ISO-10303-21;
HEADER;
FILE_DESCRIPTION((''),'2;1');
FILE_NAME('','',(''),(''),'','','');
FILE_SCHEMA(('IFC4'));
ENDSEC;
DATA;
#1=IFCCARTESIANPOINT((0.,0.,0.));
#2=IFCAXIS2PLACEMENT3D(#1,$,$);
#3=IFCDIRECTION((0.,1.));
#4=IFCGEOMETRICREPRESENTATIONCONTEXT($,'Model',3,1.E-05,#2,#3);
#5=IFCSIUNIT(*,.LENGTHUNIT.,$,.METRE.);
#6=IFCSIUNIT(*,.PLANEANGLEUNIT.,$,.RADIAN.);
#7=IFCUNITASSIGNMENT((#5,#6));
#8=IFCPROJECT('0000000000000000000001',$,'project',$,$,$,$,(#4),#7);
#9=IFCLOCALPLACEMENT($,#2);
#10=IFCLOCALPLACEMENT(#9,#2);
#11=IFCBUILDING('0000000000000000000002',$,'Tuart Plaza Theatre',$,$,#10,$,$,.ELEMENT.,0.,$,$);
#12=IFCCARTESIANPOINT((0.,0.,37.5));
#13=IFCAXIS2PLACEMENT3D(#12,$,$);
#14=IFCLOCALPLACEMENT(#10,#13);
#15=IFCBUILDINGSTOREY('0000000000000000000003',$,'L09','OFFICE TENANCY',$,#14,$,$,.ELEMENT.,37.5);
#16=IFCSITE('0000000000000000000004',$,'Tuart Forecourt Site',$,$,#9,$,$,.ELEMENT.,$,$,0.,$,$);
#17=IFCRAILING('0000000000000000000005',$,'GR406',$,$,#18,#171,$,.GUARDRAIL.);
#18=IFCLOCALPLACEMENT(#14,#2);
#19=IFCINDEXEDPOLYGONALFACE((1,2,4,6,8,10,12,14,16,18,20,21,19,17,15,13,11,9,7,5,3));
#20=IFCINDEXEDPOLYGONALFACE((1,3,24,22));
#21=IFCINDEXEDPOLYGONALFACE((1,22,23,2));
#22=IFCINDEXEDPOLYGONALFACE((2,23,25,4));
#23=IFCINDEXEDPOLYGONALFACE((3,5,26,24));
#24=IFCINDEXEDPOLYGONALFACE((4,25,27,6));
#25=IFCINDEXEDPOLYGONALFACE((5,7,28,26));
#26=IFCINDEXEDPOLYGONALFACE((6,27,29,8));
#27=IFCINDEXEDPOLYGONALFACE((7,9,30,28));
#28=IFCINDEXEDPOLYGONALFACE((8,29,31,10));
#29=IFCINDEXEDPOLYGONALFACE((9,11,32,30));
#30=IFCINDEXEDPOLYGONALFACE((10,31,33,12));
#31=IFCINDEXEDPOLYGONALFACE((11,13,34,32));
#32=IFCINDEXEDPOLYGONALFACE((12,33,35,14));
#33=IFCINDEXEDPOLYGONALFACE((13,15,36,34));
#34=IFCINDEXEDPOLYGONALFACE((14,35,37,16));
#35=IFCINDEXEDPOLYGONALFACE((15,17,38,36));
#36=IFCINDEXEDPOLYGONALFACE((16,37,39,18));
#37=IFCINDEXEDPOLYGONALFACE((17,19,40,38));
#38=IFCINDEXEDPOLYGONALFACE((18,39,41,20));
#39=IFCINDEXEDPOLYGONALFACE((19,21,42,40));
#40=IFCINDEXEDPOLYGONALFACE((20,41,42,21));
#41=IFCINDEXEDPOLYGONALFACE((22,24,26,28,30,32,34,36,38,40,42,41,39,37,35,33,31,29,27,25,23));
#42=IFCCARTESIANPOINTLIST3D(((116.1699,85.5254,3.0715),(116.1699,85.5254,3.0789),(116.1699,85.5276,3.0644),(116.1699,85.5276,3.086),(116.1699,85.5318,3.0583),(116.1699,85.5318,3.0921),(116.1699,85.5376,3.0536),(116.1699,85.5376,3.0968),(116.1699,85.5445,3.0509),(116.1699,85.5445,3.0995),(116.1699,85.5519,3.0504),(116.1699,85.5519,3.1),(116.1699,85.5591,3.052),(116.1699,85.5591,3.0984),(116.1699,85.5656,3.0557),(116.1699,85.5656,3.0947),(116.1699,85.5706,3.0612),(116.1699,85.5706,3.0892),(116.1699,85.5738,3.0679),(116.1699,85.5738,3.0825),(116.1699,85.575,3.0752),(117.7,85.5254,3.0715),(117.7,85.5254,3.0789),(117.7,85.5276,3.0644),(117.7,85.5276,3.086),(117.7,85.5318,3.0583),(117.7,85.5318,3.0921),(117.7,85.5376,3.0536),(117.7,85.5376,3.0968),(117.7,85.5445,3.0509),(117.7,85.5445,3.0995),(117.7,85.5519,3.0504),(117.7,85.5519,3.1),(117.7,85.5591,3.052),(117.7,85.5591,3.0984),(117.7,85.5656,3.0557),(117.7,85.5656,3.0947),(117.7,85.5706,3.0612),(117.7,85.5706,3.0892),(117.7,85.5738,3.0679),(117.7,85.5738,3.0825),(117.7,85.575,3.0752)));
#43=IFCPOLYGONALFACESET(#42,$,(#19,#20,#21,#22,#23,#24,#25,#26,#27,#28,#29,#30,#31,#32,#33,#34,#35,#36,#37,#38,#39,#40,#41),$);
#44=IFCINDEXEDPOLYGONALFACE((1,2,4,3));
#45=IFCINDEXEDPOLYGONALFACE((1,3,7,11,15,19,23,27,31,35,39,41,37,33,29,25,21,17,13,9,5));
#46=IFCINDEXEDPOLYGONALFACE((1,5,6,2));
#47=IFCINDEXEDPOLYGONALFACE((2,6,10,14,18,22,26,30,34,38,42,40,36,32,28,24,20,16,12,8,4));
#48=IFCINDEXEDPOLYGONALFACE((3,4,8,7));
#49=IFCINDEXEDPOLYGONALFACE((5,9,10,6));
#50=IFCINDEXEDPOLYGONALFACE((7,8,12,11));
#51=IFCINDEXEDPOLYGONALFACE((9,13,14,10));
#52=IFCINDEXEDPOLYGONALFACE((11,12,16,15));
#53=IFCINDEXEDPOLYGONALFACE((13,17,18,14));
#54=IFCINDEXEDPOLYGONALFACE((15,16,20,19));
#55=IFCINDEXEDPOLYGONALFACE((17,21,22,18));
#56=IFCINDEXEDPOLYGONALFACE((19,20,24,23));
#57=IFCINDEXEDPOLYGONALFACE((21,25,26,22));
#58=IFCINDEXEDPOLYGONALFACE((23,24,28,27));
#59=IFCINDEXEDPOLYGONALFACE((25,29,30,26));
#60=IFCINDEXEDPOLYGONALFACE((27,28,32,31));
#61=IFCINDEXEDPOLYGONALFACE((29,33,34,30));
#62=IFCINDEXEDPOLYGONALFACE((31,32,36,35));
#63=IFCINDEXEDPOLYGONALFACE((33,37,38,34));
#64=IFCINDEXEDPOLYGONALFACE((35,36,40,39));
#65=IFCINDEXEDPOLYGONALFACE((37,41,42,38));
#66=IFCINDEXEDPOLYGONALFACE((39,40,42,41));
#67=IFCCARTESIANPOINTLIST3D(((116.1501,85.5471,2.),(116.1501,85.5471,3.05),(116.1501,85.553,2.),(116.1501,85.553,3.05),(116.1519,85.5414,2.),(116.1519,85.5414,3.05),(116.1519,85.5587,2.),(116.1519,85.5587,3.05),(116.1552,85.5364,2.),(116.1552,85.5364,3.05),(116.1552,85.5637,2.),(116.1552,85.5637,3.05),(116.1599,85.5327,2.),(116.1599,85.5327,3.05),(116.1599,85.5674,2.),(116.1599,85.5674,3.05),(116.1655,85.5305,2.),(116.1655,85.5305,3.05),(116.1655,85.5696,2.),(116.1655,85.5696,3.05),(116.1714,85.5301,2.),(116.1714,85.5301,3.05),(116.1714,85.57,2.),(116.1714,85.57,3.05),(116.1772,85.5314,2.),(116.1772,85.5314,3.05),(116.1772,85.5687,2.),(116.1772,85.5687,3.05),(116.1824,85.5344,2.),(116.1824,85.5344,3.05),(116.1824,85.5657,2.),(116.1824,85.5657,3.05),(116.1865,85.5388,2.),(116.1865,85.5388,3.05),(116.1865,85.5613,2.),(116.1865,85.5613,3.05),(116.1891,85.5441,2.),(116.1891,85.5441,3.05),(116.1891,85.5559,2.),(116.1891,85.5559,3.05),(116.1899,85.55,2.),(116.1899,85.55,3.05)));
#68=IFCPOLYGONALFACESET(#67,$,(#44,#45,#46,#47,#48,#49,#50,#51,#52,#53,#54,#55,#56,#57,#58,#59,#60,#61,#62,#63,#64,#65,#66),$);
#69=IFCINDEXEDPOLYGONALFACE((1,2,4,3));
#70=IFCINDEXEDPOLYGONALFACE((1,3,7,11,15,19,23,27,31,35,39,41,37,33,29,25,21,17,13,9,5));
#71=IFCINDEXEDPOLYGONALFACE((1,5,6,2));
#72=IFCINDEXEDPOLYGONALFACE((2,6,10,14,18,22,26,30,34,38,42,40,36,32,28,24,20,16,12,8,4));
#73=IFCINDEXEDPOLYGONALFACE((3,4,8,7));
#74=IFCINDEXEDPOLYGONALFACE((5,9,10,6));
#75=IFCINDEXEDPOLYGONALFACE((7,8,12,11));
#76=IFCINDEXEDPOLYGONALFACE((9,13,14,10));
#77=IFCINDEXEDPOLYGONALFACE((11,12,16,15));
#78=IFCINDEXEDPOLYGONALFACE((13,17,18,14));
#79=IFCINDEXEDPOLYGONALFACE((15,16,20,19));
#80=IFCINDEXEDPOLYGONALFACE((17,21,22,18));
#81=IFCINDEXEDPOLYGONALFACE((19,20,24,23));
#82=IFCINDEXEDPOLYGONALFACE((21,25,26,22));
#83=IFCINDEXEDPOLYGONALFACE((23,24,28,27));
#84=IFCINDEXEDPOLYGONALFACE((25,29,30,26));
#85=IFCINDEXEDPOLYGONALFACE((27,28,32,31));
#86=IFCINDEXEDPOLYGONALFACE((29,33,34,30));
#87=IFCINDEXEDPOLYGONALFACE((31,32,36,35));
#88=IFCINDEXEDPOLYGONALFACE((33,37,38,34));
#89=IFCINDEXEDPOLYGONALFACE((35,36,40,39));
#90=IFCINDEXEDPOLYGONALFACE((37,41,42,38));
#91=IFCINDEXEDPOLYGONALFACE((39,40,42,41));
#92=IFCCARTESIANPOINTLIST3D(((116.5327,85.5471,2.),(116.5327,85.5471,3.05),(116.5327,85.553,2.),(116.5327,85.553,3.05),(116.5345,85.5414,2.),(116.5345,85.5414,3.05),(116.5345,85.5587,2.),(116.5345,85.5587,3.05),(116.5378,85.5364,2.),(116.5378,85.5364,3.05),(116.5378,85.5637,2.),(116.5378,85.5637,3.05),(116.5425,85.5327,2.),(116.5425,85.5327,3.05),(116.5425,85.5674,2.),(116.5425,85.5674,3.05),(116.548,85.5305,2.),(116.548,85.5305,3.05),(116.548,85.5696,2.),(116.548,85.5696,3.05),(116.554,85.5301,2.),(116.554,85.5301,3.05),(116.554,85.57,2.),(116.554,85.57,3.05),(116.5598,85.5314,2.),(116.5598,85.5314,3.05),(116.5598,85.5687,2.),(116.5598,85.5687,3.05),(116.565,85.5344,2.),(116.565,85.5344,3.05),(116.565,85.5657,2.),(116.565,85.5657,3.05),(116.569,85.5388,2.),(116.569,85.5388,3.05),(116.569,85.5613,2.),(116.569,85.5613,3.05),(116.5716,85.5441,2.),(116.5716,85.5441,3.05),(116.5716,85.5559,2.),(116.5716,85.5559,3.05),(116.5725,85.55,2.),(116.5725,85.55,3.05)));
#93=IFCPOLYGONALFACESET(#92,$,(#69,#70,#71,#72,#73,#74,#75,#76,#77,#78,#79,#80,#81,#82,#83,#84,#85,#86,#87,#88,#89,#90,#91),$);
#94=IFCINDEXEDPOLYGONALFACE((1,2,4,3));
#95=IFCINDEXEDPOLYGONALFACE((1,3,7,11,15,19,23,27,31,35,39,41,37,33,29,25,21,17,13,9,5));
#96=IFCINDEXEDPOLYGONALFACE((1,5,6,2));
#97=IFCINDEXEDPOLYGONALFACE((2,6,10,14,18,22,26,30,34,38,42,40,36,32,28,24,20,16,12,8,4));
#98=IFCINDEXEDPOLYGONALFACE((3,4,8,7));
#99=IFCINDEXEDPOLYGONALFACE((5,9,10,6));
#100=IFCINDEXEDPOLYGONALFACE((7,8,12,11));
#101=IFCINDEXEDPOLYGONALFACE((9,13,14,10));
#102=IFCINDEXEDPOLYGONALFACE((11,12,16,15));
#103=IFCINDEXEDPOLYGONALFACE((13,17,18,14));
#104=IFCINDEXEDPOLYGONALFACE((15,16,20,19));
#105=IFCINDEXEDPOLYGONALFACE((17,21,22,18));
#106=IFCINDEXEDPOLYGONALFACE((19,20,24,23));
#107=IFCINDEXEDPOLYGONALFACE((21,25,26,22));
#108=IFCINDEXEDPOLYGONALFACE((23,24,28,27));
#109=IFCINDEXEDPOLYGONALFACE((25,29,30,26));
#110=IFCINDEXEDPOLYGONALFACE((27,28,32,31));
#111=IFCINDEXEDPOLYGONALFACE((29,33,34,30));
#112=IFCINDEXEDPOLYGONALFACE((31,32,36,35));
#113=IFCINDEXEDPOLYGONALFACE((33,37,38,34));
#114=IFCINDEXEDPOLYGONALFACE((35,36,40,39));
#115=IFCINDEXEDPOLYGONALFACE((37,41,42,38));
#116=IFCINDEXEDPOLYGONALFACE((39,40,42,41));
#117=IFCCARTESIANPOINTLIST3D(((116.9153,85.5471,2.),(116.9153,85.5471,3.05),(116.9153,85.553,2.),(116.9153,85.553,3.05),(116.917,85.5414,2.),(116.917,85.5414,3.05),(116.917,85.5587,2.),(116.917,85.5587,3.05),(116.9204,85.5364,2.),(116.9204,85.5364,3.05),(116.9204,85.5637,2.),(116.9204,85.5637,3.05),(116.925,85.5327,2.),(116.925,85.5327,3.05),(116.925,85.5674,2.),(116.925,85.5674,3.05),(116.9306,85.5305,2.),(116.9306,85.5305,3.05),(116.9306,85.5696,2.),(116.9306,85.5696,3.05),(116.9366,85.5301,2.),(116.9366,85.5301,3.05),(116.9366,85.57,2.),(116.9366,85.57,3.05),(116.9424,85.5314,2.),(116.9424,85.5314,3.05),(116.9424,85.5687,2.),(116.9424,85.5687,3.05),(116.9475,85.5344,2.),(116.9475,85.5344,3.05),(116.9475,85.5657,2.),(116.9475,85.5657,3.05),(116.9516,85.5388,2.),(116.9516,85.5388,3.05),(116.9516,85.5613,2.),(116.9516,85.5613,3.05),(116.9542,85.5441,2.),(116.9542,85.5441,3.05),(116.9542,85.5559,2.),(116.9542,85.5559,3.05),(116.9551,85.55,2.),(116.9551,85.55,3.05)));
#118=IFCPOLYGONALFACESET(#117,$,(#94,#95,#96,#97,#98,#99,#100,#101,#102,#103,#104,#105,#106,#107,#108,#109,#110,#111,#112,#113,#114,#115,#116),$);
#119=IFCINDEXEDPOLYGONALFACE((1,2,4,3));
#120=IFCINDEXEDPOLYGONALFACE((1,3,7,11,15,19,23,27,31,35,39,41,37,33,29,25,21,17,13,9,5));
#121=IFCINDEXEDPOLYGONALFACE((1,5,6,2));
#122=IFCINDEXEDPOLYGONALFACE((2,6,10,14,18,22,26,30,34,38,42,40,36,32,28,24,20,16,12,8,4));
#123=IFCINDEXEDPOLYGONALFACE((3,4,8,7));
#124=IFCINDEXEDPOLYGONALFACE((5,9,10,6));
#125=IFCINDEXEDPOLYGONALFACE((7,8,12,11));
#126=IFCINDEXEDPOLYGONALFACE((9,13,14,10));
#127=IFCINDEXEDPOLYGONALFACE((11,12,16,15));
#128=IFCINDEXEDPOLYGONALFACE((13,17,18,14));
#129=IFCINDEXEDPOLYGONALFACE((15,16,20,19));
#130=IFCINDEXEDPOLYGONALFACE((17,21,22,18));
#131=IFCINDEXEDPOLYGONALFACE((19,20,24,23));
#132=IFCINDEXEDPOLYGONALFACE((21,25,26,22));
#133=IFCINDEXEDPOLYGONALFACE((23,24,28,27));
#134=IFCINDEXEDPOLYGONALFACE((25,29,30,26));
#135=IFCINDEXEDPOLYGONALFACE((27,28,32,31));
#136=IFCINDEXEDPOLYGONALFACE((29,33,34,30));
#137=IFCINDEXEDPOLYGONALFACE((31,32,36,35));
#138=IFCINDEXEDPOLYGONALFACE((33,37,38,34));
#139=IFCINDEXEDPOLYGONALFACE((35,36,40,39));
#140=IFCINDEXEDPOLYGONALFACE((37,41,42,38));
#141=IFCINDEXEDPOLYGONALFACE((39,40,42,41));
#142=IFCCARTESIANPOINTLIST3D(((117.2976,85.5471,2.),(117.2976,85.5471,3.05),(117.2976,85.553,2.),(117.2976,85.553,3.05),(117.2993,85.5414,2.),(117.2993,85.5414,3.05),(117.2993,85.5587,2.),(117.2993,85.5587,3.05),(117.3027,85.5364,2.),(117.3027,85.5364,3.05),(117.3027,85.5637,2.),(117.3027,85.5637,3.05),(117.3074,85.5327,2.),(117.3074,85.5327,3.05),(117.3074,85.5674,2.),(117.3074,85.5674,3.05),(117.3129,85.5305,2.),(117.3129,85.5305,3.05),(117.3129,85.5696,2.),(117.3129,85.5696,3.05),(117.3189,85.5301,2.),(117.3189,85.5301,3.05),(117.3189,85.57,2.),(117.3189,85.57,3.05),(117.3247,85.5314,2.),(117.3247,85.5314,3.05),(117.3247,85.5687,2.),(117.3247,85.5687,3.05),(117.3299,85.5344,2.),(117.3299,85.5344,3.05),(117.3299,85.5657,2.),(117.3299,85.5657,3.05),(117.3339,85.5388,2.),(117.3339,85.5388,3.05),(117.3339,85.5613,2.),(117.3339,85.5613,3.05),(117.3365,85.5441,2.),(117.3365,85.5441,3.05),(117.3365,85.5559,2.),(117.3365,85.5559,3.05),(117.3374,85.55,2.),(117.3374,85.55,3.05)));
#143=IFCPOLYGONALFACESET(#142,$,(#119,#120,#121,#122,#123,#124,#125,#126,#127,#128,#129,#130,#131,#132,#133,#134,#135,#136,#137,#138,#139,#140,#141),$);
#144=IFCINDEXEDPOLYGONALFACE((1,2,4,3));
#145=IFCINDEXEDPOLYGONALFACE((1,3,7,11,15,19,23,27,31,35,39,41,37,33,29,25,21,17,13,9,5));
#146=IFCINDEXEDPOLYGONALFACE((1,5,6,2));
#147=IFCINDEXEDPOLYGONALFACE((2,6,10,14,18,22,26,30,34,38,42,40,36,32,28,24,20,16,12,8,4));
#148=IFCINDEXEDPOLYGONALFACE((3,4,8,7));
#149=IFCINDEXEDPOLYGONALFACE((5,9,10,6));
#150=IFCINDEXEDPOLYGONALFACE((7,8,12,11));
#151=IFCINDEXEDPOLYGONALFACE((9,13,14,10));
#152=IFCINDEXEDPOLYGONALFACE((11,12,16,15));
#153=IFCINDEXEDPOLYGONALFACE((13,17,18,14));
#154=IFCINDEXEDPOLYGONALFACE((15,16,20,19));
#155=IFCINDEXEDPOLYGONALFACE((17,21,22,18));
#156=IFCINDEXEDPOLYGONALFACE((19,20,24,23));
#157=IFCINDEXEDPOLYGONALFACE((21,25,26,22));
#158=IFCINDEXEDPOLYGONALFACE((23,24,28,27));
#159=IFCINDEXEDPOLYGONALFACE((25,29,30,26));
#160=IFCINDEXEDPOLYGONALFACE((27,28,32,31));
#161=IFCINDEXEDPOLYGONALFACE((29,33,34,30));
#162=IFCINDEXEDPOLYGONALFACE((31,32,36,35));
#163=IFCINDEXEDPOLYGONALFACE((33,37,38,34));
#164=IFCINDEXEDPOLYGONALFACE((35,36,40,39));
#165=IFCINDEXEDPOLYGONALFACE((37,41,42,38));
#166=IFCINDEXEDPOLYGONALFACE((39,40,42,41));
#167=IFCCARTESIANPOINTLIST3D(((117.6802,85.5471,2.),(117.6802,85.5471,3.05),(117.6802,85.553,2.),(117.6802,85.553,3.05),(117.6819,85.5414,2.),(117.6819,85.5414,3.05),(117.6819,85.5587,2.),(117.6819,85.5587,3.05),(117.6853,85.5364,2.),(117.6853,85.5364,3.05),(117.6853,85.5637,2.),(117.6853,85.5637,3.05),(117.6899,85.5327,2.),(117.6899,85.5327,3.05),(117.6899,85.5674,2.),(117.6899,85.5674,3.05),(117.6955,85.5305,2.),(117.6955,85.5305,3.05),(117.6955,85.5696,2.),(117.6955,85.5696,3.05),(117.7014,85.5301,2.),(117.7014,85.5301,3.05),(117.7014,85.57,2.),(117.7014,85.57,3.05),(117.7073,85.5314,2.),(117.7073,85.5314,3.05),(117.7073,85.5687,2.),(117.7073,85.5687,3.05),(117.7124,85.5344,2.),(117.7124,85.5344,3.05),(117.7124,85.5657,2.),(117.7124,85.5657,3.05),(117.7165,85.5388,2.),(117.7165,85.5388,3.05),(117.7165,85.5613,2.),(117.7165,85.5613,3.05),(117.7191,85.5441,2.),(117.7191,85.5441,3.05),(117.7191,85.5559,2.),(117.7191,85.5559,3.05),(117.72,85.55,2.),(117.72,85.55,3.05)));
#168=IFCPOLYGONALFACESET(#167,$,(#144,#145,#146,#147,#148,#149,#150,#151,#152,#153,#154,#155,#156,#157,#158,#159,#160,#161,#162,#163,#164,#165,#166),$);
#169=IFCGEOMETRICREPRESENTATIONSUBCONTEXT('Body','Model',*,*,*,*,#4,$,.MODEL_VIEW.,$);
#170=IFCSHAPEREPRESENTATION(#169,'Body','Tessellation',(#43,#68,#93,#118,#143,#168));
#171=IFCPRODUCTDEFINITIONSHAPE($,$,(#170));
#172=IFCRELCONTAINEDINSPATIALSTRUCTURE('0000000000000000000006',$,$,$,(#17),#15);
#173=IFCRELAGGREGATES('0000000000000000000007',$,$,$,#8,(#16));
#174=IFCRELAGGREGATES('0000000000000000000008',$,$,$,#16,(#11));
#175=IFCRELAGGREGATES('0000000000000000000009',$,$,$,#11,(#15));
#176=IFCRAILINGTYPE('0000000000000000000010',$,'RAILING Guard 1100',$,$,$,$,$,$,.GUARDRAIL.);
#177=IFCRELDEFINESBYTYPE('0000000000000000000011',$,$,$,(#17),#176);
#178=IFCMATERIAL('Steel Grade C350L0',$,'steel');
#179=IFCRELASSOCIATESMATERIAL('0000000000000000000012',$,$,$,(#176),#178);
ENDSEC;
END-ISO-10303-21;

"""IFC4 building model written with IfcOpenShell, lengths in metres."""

from ifc_helpers import new_model, si_unit, direction, frame, origin, origin_2d, place, context, subcontext, project, spatial, circle, extrude, material, type_object, element, save


model = new_model("IFC4")

# Units and contexts
model_context = context("Model", 3, precision=1e-05, world=origin(), true_north=direction((0.0, 1.0)))
body_context = subcontext(model_context, "Body", "Model", "MODEL_VIEW")
ifc_project = project(units=[si_unit("LENGTHUNIT", "METRE"), si_unit("PLANEANGLEUNIT", "RADIAN")], contexts=[model_context])

# Site, building, storey
site_placement = place(None, origin())
site = spatial("IfcSite", under=ifc_project, at=site_placement, Name="Tuart Forecourt Site", CompositionType="ELEMENT", RefElevation=0.0)
building_placement = place(site_placement, origin())
building = spatial("IfcBuilding", under=site, at=building_placement, Name="Tuart Plaza Theatre", CompositionType="ELEMENT", ElevationOfRefHeight=0.0)
storey_placement = place(building_placement, frame((0.0, 0.0, 37.5)))
storey = spatial("IfcBuildingStorey", under=building, at=storey_placement, Name="L09", Description="OFFICE TENANCY", CompositionType="ELEMENT", Elevation=37.5)

# Railing
ifc_material_1 = material(Name="Steel Grade C350L0", Category="steel")
railing_type_1 = type_object("IfcRailingType", Name="RAILING Guard 1100", PredefinedType="GUARDRAIL", material=ifc_material_1)
railing_1_placement = place(storey_placement, frame((116.1699, 85.55, 2.0)))
element("IfcRailing", 1, at=railing_1_placement, inside=storey, type_object=railing_type_1, Name="GR406", PredefinedType="GUARDRAIL", context=body_context, shape_type="SweptSolid", body=[
    extrude(circle(Radius=0.0249, at=origin_2d()), frame((0.0, 0.0, 1.0752), z_axis=(1.0, 0.0, 0.0), x_axis=(0.0, 1.0, 0.0)), (0.0, 0.0, 1.0), 1.53),
    extrude(circle(Radius=0.02, at=origin_2d()), origin(), (0.0, 0.0, 1.0), 1.05),
    extrude(circle(Radius=0.02, at=origin_2d()), frame((0.3826, 0.0, 0.0)), (0.0, 0.0, 1.0), 1.05),
    extrude(circle(Radius=0.02, at=origin_2d()), frame((0.7651, 0.0, 0.0)), (0.0, 0.0, 1.0), 1.05),
    extrude(circle(Radius=0.02, at=origin_2d()), frame((1.1475, 0.0, 0.0)), (0.0, 0.0, 1.0), 1.05),
    extrude(circle(Radius=0.02, at=origin_2d()), frame((1.53, 0.0, 0.0)), (0.0, 0.0, 1.0), 1.05),
])

save(model, "model.ifc")
